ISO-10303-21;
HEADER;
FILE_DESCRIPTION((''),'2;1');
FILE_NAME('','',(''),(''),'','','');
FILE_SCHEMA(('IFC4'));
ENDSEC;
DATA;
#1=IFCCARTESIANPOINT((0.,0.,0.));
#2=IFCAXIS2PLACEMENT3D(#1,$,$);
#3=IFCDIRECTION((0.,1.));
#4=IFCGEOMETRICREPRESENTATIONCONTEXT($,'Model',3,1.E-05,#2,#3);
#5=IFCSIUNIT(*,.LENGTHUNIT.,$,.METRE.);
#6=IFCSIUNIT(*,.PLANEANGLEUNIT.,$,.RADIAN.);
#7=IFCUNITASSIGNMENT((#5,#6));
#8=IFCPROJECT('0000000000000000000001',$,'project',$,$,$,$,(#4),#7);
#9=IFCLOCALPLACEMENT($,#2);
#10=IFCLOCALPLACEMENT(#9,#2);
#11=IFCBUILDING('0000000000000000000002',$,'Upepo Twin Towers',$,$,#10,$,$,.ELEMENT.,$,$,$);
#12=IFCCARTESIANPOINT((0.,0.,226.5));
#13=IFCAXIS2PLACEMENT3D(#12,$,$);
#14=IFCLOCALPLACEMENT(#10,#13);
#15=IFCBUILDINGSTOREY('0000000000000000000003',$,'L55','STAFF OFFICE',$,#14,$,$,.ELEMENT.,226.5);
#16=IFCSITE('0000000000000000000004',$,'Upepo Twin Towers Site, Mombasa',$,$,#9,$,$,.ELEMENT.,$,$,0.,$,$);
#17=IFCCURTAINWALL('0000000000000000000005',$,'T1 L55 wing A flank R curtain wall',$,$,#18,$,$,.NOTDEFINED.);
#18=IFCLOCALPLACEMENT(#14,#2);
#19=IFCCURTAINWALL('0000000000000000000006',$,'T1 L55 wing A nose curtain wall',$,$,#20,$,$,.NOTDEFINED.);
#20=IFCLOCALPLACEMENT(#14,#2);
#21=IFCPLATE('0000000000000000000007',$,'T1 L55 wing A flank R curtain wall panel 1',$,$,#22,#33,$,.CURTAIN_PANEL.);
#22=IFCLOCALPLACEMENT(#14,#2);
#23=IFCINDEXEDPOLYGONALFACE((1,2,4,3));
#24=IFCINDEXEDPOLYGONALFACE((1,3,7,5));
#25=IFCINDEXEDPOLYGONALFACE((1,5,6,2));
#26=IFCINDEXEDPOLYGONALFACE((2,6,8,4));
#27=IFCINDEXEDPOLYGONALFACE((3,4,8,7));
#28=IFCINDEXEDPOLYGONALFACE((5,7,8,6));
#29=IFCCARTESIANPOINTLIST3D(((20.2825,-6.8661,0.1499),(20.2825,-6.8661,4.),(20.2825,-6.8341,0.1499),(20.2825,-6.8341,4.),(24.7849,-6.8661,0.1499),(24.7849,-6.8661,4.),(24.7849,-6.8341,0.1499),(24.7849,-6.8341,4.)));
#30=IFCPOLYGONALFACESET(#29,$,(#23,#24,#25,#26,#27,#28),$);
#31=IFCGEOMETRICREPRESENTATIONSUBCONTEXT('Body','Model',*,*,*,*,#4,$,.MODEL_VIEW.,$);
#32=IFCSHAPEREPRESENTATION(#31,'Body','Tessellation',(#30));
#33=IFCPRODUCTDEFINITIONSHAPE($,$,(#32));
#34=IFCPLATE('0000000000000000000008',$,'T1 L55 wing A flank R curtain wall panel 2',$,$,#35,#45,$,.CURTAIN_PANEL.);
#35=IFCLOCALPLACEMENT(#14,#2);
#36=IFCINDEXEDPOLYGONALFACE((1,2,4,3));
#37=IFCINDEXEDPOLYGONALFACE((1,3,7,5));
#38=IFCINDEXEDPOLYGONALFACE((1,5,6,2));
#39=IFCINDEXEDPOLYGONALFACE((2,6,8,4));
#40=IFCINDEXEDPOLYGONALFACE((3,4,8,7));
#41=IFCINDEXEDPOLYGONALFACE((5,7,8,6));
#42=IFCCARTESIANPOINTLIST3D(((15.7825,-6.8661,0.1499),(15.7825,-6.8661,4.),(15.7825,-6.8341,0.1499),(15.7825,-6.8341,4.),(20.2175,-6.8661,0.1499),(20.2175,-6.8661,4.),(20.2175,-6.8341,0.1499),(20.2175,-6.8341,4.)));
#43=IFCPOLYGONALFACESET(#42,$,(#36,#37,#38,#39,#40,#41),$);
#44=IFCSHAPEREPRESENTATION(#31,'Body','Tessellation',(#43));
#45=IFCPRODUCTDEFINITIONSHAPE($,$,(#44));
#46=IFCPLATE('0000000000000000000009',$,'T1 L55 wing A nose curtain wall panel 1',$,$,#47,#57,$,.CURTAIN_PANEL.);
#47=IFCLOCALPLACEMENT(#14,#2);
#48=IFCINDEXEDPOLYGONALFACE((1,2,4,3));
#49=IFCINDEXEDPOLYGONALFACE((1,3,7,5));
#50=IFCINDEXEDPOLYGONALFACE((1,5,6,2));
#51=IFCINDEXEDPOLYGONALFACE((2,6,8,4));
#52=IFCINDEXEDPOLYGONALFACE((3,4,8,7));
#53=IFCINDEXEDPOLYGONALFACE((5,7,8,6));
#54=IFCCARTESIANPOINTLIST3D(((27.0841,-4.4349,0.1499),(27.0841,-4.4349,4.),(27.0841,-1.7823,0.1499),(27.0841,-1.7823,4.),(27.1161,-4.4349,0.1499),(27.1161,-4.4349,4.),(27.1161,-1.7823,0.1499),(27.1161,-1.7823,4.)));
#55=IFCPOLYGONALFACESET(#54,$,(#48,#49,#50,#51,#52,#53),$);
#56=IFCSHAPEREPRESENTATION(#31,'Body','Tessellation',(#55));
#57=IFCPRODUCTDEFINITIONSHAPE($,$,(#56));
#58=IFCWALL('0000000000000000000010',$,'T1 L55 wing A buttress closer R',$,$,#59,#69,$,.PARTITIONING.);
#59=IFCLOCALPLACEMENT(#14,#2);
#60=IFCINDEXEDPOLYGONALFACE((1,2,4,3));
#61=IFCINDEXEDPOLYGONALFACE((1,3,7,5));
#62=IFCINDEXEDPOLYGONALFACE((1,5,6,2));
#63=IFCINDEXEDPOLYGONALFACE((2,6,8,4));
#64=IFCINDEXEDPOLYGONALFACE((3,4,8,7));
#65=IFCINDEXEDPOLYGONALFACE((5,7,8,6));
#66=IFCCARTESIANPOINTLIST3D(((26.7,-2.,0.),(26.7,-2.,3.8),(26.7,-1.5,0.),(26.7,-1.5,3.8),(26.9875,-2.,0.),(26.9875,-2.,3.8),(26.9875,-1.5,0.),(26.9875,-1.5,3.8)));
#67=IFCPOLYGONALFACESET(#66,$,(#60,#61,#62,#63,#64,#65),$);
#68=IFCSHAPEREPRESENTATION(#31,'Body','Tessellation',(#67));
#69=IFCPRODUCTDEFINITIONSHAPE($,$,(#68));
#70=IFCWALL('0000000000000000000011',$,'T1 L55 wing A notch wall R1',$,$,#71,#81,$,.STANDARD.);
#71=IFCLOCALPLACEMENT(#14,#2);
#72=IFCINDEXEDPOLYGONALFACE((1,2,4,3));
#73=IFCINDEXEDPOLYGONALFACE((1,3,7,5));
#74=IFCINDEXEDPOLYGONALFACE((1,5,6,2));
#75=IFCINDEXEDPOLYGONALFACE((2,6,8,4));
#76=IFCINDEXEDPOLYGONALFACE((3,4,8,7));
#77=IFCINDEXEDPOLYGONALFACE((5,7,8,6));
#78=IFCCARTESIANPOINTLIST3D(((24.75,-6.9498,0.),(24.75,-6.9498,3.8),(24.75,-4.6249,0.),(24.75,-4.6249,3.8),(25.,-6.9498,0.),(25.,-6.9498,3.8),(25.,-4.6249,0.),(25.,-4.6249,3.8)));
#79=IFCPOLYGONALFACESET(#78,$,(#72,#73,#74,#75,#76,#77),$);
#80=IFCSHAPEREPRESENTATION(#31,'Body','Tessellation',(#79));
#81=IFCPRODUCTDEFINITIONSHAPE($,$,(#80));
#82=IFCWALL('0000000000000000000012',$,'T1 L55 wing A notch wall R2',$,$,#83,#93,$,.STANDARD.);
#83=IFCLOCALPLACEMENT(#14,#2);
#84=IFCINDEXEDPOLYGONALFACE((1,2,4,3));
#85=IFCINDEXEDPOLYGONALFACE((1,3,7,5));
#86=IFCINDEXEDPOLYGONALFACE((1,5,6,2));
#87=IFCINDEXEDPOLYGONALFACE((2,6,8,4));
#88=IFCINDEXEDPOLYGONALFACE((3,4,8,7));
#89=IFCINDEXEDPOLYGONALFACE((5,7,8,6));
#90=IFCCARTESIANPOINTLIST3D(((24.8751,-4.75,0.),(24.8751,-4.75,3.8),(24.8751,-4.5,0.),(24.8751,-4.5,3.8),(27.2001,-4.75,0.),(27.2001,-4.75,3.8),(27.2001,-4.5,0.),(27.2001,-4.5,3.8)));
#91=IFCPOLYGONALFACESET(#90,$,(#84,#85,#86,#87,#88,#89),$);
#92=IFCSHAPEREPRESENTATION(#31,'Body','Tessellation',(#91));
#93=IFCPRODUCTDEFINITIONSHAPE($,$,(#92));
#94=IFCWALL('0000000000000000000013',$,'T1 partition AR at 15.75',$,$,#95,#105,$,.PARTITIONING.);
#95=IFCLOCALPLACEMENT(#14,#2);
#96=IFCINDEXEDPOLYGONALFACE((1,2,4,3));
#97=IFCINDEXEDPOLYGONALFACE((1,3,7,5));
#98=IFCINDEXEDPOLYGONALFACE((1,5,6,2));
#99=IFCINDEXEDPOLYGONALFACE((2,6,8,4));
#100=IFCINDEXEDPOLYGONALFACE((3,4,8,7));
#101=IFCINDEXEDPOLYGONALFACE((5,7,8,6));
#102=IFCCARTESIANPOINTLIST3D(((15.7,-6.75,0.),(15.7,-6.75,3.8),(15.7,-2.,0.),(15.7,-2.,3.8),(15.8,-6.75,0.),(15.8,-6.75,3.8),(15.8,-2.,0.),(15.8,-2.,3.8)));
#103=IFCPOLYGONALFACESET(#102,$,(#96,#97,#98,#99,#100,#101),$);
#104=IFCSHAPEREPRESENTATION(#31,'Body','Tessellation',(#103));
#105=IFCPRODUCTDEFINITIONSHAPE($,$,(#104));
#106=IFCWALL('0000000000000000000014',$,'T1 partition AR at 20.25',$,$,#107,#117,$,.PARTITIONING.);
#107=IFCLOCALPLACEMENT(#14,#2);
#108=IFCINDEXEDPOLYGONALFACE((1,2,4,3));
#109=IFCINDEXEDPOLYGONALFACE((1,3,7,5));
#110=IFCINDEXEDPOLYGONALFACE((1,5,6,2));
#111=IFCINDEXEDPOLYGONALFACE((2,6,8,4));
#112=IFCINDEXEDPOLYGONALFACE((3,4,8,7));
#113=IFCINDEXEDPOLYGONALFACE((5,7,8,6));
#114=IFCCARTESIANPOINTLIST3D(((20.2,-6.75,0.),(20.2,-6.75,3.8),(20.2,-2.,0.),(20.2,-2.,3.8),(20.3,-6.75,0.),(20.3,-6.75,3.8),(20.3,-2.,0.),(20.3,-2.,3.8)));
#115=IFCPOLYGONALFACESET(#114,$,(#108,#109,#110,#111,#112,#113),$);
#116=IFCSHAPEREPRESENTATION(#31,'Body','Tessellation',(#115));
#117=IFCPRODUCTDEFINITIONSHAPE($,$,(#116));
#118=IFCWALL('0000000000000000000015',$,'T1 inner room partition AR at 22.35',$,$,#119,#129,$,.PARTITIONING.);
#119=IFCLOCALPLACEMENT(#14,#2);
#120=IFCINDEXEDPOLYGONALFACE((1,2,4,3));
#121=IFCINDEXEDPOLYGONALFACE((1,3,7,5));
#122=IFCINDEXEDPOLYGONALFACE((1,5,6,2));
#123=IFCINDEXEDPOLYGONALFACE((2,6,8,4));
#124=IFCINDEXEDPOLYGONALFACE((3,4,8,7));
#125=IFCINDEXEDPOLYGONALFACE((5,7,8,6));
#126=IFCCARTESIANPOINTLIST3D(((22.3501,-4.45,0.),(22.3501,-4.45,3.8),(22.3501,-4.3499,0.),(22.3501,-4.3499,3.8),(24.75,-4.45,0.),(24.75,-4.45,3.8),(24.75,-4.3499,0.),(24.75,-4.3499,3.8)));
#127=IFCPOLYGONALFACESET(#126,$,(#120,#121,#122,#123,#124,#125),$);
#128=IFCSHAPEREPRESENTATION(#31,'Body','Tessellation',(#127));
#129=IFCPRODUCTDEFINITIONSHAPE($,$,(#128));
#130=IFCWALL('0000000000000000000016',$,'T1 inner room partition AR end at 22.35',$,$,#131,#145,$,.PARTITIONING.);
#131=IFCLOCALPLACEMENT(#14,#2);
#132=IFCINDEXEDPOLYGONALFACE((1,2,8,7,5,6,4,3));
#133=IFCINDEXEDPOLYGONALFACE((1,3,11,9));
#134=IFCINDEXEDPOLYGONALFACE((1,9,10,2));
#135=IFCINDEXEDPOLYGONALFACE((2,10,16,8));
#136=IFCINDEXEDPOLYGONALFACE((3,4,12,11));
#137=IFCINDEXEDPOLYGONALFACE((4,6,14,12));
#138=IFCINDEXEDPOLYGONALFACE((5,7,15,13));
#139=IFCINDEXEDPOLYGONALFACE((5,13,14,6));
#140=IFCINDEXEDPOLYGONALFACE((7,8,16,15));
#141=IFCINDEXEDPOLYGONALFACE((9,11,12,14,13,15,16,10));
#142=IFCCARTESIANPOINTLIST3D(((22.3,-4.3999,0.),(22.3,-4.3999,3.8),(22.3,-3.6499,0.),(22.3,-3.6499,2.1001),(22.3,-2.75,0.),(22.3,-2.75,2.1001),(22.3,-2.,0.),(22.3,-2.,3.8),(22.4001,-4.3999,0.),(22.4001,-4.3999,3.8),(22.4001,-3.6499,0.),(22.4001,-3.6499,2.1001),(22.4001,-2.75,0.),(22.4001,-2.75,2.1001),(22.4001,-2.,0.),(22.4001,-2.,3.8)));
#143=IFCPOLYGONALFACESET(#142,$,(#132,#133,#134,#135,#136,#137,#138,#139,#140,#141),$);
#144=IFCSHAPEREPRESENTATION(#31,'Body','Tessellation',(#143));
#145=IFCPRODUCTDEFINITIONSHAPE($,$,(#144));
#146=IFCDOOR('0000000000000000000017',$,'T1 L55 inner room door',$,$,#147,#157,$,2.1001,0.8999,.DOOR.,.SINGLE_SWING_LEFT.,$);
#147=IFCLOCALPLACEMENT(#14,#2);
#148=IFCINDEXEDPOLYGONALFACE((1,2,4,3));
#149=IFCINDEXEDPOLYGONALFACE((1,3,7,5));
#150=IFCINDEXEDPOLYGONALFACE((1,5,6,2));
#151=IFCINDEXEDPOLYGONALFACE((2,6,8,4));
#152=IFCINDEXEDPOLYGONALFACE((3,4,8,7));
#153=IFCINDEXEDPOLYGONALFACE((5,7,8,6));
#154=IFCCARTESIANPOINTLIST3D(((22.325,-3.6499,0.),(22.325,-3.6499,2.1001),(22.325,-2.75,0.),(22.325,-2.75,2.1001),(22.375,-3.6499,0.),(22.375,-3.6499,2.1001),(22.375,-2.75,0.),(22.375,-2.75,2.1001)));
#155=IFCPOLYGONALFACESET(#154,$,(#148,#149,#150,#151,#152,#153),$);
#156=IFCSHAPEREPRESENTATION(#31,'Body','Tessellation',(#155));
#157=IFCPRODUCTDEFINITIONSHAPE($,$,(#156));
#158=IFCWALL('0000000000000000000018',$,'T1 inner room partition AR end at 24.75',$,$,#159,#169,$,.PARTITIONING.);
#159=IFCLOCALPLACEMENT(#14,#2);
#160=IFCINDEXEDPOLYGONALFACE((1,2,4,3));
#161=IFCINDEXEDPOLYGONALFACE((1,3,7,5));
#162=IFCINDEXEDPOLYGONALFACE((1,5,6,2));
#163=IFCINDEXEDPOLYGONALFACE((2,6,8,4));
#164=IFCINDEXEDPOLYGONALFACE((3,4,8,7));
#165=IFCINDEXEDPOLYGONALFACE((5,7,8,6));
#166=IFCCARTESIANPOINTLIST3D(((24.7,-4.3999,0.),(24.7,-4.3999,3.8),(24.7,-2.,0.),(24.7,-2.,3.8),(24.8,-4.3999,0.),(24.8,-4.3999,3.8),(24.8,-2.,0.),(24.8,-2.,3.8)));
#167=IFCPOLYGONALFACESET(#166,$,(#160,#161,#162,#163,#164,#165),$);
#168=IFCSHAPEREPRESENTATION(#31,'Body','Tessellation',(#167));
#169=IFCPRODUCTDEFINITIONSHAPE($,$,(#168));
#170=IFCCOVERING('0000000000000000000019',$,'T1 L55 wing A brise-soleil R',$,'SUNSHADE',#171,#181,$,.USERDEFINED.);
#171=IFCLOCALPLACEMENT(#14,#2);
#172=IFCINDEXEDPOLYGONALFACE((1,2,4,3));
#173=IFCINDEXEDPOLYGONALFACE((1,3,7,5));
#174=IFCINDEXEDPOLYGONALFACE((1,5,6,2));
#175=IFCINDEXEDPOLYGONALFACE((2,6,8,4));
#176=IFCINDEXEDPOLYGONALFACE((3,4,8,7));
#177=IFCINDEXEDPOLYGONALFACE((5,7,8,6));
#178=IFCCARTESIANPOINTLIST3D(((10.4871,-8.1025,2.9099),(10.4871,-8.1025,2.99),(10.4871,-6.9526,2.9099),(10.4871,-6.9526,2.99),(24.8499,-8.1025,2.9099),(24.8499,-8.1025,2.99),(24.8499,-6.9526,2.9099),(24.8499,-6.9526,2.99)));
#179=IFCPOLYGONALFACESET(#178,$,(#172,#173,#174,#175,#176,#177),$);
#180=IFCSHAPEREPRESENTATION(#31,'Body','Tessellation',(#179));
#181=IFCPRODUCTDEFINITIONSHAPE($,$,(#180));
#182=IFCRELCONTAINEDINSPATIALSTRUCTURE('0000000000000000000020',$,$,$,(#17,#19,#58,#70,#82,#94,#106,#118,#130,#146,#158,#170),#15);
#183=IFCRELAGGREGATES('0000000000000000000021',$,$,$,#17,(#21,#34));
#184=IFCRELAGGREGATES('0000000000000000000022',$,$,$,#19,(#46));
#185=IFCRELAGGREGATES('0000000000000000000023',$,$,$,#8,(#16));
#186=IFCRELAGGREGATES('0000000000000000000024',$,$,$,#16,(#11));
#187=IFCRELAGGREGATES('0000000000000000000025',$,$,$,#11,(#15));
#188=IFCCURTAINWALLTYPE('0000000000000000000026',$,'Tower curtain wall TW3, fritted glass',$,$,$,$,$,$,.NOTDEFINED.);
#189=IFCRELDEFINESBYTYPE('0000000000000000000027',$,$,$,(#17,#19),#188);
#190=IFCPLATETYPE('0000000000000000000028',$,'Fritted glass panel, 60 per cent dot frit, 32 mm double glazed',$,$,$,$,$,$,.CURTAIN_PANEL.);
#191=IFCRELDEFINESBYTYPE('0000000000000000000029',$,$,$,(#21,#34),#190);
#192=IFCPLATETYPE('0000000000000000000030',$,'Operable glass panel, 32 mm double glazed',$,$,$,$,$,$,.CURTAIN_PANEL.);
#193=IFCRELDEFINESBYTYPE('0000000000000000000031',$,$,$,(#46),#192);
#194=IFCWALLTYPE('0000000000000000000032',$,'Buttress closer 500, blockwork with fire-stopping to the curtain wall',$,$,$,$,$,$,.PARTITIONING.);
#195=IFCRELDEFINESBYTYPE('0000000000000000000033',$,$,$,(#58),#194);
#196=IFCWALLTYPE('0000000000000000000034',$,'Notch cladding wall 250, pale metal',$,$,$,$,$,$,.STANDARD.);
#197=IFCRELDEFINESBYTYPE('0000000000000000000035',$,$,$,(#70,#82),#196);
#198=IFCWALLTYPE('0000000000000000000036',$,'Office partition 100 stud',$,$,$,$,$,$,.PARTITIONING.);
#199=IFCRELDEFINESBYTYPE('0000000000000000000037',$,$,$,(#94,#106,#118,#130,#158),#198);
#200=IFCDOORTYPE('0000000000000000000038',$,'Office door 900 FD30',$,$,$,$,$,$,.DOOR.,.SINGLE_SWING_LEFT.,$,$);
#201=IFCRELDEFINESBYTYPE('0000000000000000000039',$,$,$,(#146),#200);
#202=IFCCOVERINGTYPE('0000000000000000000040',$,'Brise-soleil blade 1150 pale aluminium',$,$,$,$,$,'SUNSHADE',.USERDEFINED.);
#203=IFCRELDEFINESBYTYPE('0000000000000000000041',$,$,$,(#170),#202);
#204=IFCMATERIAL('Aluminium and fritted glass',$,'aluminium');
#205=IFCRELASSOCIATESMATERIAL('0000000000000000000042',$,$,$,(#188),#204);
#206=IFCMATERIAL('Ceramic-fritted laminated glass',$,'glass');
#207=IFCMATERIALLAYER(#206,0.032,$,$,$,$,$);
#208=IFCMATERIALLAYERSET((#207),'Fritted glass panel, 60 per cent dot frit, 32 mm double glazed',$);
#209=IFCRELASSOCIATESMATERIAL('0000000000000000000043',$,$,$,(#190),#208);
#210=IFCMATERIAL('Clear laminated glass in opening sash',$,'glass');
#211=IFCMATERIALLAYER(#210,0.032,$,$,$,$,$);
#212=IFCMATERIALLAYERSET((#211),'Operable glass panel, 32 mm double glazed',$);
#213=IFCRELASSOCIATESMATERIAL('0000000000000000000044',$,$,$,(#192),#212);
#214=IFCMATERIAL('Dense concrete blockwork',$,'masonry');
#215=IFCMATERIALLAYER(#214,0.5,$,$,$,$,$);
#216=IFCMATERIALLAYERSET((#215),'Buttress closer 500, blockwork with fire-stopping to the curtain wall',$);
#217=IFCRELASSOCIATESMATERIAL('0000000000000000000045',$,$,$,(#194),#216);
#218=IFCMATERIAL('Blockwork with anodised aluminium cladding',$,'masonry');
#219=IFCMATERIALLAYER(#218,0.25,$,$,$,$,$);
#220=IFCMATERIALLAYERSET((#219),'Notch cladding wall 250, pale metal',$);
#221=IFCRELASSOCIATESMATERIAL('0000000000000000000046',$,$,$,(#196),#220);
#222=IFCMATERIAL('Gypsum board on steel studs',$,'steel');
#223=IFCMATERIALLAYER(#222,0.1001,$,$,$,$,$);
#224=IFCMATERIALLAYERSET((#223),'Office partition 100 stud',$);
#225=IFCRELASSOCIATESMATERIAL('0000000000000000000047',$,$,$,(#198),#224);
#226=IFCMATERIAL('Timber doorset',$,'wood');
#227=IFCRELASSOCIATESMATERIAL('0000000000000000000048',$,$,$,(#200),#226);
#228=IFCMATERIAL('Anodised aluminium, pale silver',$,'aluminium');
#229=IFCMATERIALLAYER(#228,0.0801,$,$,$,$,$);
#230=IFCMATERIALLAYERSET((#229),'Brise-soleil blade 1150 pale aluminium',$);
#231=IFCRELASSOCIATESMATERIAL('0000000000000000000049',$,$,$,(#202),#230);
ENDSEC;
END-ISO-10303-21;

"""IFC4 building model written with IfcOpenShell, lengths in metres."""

from ifc_helpers import new_model, si_unit, direction, frame, frame_2d, origin, origin_2d, place, context, subcontext, project, spatial, rectangle, extrude, material, layer, layer_set, type_object, element, fill, aggregate, save


model = new_model("IFC4")

# Units and contexts
model_context = context("Model", 3, precision=1e-05, world=origin(), true_north=direction((0.0, 1.0)))
body_context = subcontext(model_context, "Body", "Model", "MODEL_VIEW")
ifc_project = project(units=[si_unit("LENGTHUNIT", "METRE"), si_unit("PLANEANGLEUNIT", "RADIAN")], contexts=[model_context])

# Site, building, storey
site_placement = place(None, origin())
site = spatial("IfcSite", under=ifc_project, at=site_placement, Name="Upepo Twin Towers Site, Mombasa", CompositionType="ELEMENT", RefElevation=0.0)
building_placement = place(site_placement, origin())
building = spatial("IfcBuilding", under=site, at=building_placement, Name="Upepo Twin Towers", CompositionType="ELEMENT")
storey_placement = place(building_placement, frame((0.0, 0.0, 226.5)))
storey = spatial("IfcBuildingStorey", under=building, at=storey_placement, Name="L55", Description="STAFF OFFICE", CompositionType="ELEMENT", Elevation=226.5)

# Curtain wall
ifc_material_1 = material(Name="Aluminium and fritted glass", Category="aluminium")
curtain_wall_type = type_object("IfcCurtainWallType", Name="Tower curtain wall TW3, fritted glass", PredefinedType="NOTDEFINED", material=ifc_material_1)
curtain_wall_1_placement = place(storey_placement, origin())
curtain_wall_1 = element("IfcCurtainWall", 1, at=curtain_wall_1_placement, inside=storey, type_object=curtain_wall_type, Name="T1 L55 wing A flank R curtain wall", PredefinedType="NOTDEFINED")

# Curtain wall
curtain_wall_2_placement = place(storey_placement, origin())
curtain_wall_2 = element("IfcCurtainWall", 2, at=curtain_wall_2_placement, inside=storey, type_object=curtain_wall_type, Name="T1 L55 wing A nose curtain wall", PredefinedType="NOTDEFINED")

# Plates
ifc_material_2 = material(Name="Ceramic-fritted laminated glass", Category="glass")
ifc_layer_1 = layer(ifc_material_2, 0.032)
ifc_layer_set_1 = layer_set([ifc_layer_1], Name="Fritted glass panel, 60 per cent dot frit, 32 mm double glazed")
plate_type_1 = type_object("IfcPlateType", Name="Fritted glass panel, 60 per cent dot frit, 32 mm double glazed", PredefinedType="CURTAIN_PANEL", material=ifc_layer_set_1)
plate_1_placement = place(storey_placement, frame((22.5337, -6.8501, 0.1499), z_axis=(0.0, 0.0, 1.0), x_axis=(-1.0, 0.0, 0.0)))
plate_1 = element("IfcPlate", 3, at=plate_1_placement, type_object=plate_type_1, Name="T1 L55 wing A flank R curtain wall panel 1", PredefinedType="CURTAIN_PANEL", context=body_context, shape_type="SweptSolid", body=[
    extrude(rectangle(XDim=4.5024, YDim=0.032, at=origin_2d()), origin(), (0.0, 0.0, 1.0), 3.8501),
])
plate_2_placement = place(storey_placement, frame((18.0, -6.8501, 0.1499), z_axis=(0.0, 0.0, 1.0), x_axis=(-1.0, 0.0, 0.0)))
plate_2 = element("IfcPlate", 4, at=plate_2_placement, type_object=plate_type_1, Name="T1 L55 wing A flank R curtain wall panel 2", PredefinedType="CURTAIN_PANEL", context=body_context, shape_type="SweptSolid", body=[
    extrude(rectangle(XDim=4.4351, YDim=0.032, at=origin_2d()), origin(), (0.0, 0.0, 1.0), 3.8501),
])
aggregate(curtain_wall_1, [plate_1, plate_2])
ifc_material_3 = material(Name="Clear laminated glass in opening sash", Category="glass")
ifc_layer_2 = layer(ifc_material_3, 0.032)
ifc_layer_set_2 = layer_set([ifc_layer_2], Name="Operable glass panel, 32 mm double glazed")
plate_type_2 = type_object("IfcPlateType", Name="Operable glass panel, 32 mm double glazed", PredefinedType="CURTAIN_PANEL", material=ifc_layer_set_2)
plate_3_placement = place(storey_placement, frame((27.1001, -3.1086, 0.1499), z_axis=(0.0, 0.0, 1.0), x_axis=(0.0, 1.0, 0.0)))
plate_3 = element("IfcPlate", 5, at=plate_3_placement, type_object=plate_type_2, Name="T1 L55 wing A nose curtain wall panel 1", PredefinedType="CURTAIN_PANEL", context=body_context, shape_type="SweptSolid", body=[
    extrude(rectangle(XDim=2.6526, YDim=0.032, at=origin_2d()), origin(), (0.0, 0.0, 1.0), 3.8501),
])
aggregate(curtain_wall_2, [plate_3])

# Walls
ifc_material_4 = material(Name="Dense concrete blockwork", Category="masonry")
ifc_layer_3 = layer(ifc_material_4, 0.5)
ifc_layer_set_3 = layer_set([ifc_layer_3], Name="Buttress closer 500, blockwork with fire-stopping to the curtain wall")
wall_type_1 = type_object("IfcWallType", Name="Buttress closer 500, blockwork with fire-stopping to the curtain wall", PredefinedType="PARTITIONING", material=ifc_layer_set_3)
wall_1_placement = place(storey_placement, frame((26.7, -1.75, 0.0), z_axis=(0.0, 0.0, 1.0), x_axis=(1.0, 0.0, 0.0)))
element("IfcWall", 6, at=wall_1_placement, inside=storey, type_object=wall_type_1, Name="T1 L55 wing A buttress closer R", PredefinedType="PARTITIONING", context=body_context, shape_type="SweptSolid", body=[
    extrude(rectangle(XDim=0.2876, YDim=0.5, at=frame_2d((0.1438, 0.0))), origin(), (0.0, 0.0, 1.0), 3.8),
])
ifc_material_5 = material(Name="Blockwork with anodised aluminium cladding", Category="masonry")
ifc_layer_4 = layer(ifc_material_5, 0.25)
ifc_layer_set_4 = layer_set([ifc_layer_4], Name="Notch cladding wall 250, pale metal")
wall_type_2 = type_object("IfcWallType", Name="Notch cladding wall 250, pale metal", PredefinedType="STANDARD", material=ifc_layer_set_4)
for number, where, z_axis, x_axis, name in (
    (7, (24.875, -6.95, 0.0), (0.0, 0.0, 1.0), (0.0, 1.0, 0.0), "T1 L55 wing A notch wall R1"),
    (8, (24.875, -4.625, 0.0), (0.0, 0.0, 1.0), (1.0, 0.0, 0.0), "T1 L55 wing A notch wall R2"),
):
    element("IfcWall", number, at=place(storey_placement, frame(where, z_axis=z_axis, x_axis=x_axis)), inside=storey, type_object=wall_type_2, Name=name, PredefinedType="STANDARD", context=body_context, shape_type="SweptSolid", body=[
        extrude(rectangle(XDim=2.325, YDim=0.25, at=frame_2d((1.1626, 0.0))), origin(), (0.0, 0.0, 1.0), 3.8),
    ])
ifc_material_6 = material(Name="Gypsum board on steel studs", Category="steel")
ifc_layer_5 = layer(ifc_material_6, 0.1001)
ifc_layer_set_5 = layer_set([ifc_layer_5], Name="Office partition 100 stud")
wall_type_3 = type_object("IfcWallType", Name="Office partition 100 stud", PredefinedType="PARTITIONING", material=ifc_layer_set_5)
for number, where, z_axis, x_axis, name in (
    (9, (15.75, -2.0, 0.0), (0.0, 0.0, 1.0), (0.0, -1.0, 0.0), "T1 partition AR at 15.75"),
    (10, (20.25, -2.0, 0.0), (0.0, 0.0, 1.0), (0.0, -1.0, 0.0), "T1 partition AR at 20.25"),
):
    element("IfcWall", number, at=place(storey_placement, frame(where, z_axis=z_axis, x_axis=x_axis)), inside=storey, type_object=wall_type_3, Name=name, PredefinedType="PARTITIONING", context=body_context, shape_type="SweptSolid", body=[
        extrude(rectangle(XDim=4.75, YDim=0.1001, at=frame_2d((2.375, 0.0))), origin(), (0.0, 0.0, 1.0), 3.8),
    ])
wall_2_placement = place(storey_placement, frame((22.3501, -4.3999, 0.0), z_axis=(0.0, 0.0, 1.0), x_axis=(1.0, 0.0, 0.0)))
element("IfcWall", 11, at=wall_2_placement, inside=storey, type_object=wall_type_3, Name="T1 inner room partition AR at 22.35", PredefinedType="PARTITIONING", context=body_context, shape_type="SweptSolid", body=[
    extrude(rectangle(XDim=2.3999, YDim=0.1001, at=frame_2d((1.2, 0.0))), origin(), (0.0, 0.0, 1.0), 3.8),
])

# Wall, opening, door
wall_3_placement = place(storey_placement, frame((22.3501, -2.0, 0.0), z_axis=(0.0, 0.0, 1.0), x_axis=(0.0, -1.0, 0.0)))
wall_3 = element("IfcWall", 12, at=wall_3_placement, inside=storey, type_object=wall_type_3, Name="T1 inner room partition AR end at 22.35", PredefinedType="PARTITIONING", context=body_context, shape_type="SweptSolid", body=[
    extrude(rectangle(XDim=2.3999, YDim=0.1001, at=frame_2d((1.2, 0.0))), origin(), (0.0, 0.0, 1.0), 3.8),
])
opening_placement = place(wall_3_placement, frame((0.75, 0.0, 0.0)))
opening = element("IfcOpeningElement", 13, at=opening_placement, cuts=wall_3, PredefinedType="OPENING", context=body_context, shape_type="SweptSolid", body=[
    extrude(rectangle(XDim=0.8999, YDim=2.1001, at=frame_2d((0.45, 1.05))), frame((0.0, 0.0601, 0.0), z_axis=(0.0, -1.0, 0.0), x_axis=(1.0, 0.0, 0.0)), (0.0, 0.0, 1.0), 0.1201),
])
ifc_material_7 = material(Name="Timber doorset", Category="wood")
door_type = type_object("IfcDoorType", Name="Office door 900 FD30", OperationType="SINGLE_SWING_LEFT", PredefinedType="DOOR", material=ifc_material_7)
door_placement = place(opening_placement, origin())
door = element("IfcDoor", 14, at=door_placement, inside=storey, type_object=door_type, Name="T1 L55 inner room door", OperationType="SINGLE_SWING_LEFT", OverallHeight=2.1001, OverallWidth=0.8999, PredefinedType="DOOR", context=body_context, shape_type="SweptSolid", body=[
    extrude(rectangle(XDim=0.8999, YDim=2.1001, at=frame_2d((0.45, 1.05))), frame((0.0, 0.0249, 0.0), z_axis=(0.0, -1.0, 0.0), x_axis=(1.0, 0.0, 0.0)), (0.0, 0.0, 1.0), 0.05),
])
fill(opening, door)

# Wall
wall_4_placement = place(storey_placement, frame((24.75, -2.0, 0.0), z_axis=(0.0, 0.0, 1.0), x_axis=(0.0, -1.0, 0.0)))
element("IfcWall", 15, at=wall_4_placement, inside=storey, type_object=wall_type_3, Name="T1 inner room partition AR end at 24.75", PredefinedType="PARTITIONING", context=body_context, shape_type="SweptSolid", body=[
    extrude(rectangle(XDim=2.3999, YDim=0.1001, at=frame_2d((1.2, 0.0))), origin(), (0.0, 0.0, 1.0), 3.8),
])

# Covering
ifc_material_8 = material(Name="Anodised aluminium, pale silver", Category="aluminium")
ifc_layer_6 = layer(ifc_material_8, 0.0801)
ifc_layer_set_6 = layer_set([ifc_layer_6], Name="Brise-soleil blade 1150 pale aluminium")
covering_type = type_object("IfcCoveringType", Name="Brise-soleil blade 1150 pale aluminium", ElementType="SUNSHADE", PredefinedType="USERDEFINED", material=ifc_layer_set_6)
covering_placement = place(storey_placement, frame((17.6685, -7.5276, 2.9099), z_axis=(0.0, 0.0, 1.0), x_axis=(1.0, 0.0, 0.0)))
element("IfcCovering", 16, at=covering_placement, inside=storey, type_object=covering_type, Name="T1 L55 wing A brise-soleil R", ObjectType="SUNSHADE", PredefinedType="USERDEFINED", context=body_context, shape_type="SweptSolid", body=[
    extrude(rectangle(XDim=14.3628, YDim=1.1499, at=origin_2d()), origin(), (0.0, 0.0, 1.0), 0.0801),
])

save(model, "model.ifc")
